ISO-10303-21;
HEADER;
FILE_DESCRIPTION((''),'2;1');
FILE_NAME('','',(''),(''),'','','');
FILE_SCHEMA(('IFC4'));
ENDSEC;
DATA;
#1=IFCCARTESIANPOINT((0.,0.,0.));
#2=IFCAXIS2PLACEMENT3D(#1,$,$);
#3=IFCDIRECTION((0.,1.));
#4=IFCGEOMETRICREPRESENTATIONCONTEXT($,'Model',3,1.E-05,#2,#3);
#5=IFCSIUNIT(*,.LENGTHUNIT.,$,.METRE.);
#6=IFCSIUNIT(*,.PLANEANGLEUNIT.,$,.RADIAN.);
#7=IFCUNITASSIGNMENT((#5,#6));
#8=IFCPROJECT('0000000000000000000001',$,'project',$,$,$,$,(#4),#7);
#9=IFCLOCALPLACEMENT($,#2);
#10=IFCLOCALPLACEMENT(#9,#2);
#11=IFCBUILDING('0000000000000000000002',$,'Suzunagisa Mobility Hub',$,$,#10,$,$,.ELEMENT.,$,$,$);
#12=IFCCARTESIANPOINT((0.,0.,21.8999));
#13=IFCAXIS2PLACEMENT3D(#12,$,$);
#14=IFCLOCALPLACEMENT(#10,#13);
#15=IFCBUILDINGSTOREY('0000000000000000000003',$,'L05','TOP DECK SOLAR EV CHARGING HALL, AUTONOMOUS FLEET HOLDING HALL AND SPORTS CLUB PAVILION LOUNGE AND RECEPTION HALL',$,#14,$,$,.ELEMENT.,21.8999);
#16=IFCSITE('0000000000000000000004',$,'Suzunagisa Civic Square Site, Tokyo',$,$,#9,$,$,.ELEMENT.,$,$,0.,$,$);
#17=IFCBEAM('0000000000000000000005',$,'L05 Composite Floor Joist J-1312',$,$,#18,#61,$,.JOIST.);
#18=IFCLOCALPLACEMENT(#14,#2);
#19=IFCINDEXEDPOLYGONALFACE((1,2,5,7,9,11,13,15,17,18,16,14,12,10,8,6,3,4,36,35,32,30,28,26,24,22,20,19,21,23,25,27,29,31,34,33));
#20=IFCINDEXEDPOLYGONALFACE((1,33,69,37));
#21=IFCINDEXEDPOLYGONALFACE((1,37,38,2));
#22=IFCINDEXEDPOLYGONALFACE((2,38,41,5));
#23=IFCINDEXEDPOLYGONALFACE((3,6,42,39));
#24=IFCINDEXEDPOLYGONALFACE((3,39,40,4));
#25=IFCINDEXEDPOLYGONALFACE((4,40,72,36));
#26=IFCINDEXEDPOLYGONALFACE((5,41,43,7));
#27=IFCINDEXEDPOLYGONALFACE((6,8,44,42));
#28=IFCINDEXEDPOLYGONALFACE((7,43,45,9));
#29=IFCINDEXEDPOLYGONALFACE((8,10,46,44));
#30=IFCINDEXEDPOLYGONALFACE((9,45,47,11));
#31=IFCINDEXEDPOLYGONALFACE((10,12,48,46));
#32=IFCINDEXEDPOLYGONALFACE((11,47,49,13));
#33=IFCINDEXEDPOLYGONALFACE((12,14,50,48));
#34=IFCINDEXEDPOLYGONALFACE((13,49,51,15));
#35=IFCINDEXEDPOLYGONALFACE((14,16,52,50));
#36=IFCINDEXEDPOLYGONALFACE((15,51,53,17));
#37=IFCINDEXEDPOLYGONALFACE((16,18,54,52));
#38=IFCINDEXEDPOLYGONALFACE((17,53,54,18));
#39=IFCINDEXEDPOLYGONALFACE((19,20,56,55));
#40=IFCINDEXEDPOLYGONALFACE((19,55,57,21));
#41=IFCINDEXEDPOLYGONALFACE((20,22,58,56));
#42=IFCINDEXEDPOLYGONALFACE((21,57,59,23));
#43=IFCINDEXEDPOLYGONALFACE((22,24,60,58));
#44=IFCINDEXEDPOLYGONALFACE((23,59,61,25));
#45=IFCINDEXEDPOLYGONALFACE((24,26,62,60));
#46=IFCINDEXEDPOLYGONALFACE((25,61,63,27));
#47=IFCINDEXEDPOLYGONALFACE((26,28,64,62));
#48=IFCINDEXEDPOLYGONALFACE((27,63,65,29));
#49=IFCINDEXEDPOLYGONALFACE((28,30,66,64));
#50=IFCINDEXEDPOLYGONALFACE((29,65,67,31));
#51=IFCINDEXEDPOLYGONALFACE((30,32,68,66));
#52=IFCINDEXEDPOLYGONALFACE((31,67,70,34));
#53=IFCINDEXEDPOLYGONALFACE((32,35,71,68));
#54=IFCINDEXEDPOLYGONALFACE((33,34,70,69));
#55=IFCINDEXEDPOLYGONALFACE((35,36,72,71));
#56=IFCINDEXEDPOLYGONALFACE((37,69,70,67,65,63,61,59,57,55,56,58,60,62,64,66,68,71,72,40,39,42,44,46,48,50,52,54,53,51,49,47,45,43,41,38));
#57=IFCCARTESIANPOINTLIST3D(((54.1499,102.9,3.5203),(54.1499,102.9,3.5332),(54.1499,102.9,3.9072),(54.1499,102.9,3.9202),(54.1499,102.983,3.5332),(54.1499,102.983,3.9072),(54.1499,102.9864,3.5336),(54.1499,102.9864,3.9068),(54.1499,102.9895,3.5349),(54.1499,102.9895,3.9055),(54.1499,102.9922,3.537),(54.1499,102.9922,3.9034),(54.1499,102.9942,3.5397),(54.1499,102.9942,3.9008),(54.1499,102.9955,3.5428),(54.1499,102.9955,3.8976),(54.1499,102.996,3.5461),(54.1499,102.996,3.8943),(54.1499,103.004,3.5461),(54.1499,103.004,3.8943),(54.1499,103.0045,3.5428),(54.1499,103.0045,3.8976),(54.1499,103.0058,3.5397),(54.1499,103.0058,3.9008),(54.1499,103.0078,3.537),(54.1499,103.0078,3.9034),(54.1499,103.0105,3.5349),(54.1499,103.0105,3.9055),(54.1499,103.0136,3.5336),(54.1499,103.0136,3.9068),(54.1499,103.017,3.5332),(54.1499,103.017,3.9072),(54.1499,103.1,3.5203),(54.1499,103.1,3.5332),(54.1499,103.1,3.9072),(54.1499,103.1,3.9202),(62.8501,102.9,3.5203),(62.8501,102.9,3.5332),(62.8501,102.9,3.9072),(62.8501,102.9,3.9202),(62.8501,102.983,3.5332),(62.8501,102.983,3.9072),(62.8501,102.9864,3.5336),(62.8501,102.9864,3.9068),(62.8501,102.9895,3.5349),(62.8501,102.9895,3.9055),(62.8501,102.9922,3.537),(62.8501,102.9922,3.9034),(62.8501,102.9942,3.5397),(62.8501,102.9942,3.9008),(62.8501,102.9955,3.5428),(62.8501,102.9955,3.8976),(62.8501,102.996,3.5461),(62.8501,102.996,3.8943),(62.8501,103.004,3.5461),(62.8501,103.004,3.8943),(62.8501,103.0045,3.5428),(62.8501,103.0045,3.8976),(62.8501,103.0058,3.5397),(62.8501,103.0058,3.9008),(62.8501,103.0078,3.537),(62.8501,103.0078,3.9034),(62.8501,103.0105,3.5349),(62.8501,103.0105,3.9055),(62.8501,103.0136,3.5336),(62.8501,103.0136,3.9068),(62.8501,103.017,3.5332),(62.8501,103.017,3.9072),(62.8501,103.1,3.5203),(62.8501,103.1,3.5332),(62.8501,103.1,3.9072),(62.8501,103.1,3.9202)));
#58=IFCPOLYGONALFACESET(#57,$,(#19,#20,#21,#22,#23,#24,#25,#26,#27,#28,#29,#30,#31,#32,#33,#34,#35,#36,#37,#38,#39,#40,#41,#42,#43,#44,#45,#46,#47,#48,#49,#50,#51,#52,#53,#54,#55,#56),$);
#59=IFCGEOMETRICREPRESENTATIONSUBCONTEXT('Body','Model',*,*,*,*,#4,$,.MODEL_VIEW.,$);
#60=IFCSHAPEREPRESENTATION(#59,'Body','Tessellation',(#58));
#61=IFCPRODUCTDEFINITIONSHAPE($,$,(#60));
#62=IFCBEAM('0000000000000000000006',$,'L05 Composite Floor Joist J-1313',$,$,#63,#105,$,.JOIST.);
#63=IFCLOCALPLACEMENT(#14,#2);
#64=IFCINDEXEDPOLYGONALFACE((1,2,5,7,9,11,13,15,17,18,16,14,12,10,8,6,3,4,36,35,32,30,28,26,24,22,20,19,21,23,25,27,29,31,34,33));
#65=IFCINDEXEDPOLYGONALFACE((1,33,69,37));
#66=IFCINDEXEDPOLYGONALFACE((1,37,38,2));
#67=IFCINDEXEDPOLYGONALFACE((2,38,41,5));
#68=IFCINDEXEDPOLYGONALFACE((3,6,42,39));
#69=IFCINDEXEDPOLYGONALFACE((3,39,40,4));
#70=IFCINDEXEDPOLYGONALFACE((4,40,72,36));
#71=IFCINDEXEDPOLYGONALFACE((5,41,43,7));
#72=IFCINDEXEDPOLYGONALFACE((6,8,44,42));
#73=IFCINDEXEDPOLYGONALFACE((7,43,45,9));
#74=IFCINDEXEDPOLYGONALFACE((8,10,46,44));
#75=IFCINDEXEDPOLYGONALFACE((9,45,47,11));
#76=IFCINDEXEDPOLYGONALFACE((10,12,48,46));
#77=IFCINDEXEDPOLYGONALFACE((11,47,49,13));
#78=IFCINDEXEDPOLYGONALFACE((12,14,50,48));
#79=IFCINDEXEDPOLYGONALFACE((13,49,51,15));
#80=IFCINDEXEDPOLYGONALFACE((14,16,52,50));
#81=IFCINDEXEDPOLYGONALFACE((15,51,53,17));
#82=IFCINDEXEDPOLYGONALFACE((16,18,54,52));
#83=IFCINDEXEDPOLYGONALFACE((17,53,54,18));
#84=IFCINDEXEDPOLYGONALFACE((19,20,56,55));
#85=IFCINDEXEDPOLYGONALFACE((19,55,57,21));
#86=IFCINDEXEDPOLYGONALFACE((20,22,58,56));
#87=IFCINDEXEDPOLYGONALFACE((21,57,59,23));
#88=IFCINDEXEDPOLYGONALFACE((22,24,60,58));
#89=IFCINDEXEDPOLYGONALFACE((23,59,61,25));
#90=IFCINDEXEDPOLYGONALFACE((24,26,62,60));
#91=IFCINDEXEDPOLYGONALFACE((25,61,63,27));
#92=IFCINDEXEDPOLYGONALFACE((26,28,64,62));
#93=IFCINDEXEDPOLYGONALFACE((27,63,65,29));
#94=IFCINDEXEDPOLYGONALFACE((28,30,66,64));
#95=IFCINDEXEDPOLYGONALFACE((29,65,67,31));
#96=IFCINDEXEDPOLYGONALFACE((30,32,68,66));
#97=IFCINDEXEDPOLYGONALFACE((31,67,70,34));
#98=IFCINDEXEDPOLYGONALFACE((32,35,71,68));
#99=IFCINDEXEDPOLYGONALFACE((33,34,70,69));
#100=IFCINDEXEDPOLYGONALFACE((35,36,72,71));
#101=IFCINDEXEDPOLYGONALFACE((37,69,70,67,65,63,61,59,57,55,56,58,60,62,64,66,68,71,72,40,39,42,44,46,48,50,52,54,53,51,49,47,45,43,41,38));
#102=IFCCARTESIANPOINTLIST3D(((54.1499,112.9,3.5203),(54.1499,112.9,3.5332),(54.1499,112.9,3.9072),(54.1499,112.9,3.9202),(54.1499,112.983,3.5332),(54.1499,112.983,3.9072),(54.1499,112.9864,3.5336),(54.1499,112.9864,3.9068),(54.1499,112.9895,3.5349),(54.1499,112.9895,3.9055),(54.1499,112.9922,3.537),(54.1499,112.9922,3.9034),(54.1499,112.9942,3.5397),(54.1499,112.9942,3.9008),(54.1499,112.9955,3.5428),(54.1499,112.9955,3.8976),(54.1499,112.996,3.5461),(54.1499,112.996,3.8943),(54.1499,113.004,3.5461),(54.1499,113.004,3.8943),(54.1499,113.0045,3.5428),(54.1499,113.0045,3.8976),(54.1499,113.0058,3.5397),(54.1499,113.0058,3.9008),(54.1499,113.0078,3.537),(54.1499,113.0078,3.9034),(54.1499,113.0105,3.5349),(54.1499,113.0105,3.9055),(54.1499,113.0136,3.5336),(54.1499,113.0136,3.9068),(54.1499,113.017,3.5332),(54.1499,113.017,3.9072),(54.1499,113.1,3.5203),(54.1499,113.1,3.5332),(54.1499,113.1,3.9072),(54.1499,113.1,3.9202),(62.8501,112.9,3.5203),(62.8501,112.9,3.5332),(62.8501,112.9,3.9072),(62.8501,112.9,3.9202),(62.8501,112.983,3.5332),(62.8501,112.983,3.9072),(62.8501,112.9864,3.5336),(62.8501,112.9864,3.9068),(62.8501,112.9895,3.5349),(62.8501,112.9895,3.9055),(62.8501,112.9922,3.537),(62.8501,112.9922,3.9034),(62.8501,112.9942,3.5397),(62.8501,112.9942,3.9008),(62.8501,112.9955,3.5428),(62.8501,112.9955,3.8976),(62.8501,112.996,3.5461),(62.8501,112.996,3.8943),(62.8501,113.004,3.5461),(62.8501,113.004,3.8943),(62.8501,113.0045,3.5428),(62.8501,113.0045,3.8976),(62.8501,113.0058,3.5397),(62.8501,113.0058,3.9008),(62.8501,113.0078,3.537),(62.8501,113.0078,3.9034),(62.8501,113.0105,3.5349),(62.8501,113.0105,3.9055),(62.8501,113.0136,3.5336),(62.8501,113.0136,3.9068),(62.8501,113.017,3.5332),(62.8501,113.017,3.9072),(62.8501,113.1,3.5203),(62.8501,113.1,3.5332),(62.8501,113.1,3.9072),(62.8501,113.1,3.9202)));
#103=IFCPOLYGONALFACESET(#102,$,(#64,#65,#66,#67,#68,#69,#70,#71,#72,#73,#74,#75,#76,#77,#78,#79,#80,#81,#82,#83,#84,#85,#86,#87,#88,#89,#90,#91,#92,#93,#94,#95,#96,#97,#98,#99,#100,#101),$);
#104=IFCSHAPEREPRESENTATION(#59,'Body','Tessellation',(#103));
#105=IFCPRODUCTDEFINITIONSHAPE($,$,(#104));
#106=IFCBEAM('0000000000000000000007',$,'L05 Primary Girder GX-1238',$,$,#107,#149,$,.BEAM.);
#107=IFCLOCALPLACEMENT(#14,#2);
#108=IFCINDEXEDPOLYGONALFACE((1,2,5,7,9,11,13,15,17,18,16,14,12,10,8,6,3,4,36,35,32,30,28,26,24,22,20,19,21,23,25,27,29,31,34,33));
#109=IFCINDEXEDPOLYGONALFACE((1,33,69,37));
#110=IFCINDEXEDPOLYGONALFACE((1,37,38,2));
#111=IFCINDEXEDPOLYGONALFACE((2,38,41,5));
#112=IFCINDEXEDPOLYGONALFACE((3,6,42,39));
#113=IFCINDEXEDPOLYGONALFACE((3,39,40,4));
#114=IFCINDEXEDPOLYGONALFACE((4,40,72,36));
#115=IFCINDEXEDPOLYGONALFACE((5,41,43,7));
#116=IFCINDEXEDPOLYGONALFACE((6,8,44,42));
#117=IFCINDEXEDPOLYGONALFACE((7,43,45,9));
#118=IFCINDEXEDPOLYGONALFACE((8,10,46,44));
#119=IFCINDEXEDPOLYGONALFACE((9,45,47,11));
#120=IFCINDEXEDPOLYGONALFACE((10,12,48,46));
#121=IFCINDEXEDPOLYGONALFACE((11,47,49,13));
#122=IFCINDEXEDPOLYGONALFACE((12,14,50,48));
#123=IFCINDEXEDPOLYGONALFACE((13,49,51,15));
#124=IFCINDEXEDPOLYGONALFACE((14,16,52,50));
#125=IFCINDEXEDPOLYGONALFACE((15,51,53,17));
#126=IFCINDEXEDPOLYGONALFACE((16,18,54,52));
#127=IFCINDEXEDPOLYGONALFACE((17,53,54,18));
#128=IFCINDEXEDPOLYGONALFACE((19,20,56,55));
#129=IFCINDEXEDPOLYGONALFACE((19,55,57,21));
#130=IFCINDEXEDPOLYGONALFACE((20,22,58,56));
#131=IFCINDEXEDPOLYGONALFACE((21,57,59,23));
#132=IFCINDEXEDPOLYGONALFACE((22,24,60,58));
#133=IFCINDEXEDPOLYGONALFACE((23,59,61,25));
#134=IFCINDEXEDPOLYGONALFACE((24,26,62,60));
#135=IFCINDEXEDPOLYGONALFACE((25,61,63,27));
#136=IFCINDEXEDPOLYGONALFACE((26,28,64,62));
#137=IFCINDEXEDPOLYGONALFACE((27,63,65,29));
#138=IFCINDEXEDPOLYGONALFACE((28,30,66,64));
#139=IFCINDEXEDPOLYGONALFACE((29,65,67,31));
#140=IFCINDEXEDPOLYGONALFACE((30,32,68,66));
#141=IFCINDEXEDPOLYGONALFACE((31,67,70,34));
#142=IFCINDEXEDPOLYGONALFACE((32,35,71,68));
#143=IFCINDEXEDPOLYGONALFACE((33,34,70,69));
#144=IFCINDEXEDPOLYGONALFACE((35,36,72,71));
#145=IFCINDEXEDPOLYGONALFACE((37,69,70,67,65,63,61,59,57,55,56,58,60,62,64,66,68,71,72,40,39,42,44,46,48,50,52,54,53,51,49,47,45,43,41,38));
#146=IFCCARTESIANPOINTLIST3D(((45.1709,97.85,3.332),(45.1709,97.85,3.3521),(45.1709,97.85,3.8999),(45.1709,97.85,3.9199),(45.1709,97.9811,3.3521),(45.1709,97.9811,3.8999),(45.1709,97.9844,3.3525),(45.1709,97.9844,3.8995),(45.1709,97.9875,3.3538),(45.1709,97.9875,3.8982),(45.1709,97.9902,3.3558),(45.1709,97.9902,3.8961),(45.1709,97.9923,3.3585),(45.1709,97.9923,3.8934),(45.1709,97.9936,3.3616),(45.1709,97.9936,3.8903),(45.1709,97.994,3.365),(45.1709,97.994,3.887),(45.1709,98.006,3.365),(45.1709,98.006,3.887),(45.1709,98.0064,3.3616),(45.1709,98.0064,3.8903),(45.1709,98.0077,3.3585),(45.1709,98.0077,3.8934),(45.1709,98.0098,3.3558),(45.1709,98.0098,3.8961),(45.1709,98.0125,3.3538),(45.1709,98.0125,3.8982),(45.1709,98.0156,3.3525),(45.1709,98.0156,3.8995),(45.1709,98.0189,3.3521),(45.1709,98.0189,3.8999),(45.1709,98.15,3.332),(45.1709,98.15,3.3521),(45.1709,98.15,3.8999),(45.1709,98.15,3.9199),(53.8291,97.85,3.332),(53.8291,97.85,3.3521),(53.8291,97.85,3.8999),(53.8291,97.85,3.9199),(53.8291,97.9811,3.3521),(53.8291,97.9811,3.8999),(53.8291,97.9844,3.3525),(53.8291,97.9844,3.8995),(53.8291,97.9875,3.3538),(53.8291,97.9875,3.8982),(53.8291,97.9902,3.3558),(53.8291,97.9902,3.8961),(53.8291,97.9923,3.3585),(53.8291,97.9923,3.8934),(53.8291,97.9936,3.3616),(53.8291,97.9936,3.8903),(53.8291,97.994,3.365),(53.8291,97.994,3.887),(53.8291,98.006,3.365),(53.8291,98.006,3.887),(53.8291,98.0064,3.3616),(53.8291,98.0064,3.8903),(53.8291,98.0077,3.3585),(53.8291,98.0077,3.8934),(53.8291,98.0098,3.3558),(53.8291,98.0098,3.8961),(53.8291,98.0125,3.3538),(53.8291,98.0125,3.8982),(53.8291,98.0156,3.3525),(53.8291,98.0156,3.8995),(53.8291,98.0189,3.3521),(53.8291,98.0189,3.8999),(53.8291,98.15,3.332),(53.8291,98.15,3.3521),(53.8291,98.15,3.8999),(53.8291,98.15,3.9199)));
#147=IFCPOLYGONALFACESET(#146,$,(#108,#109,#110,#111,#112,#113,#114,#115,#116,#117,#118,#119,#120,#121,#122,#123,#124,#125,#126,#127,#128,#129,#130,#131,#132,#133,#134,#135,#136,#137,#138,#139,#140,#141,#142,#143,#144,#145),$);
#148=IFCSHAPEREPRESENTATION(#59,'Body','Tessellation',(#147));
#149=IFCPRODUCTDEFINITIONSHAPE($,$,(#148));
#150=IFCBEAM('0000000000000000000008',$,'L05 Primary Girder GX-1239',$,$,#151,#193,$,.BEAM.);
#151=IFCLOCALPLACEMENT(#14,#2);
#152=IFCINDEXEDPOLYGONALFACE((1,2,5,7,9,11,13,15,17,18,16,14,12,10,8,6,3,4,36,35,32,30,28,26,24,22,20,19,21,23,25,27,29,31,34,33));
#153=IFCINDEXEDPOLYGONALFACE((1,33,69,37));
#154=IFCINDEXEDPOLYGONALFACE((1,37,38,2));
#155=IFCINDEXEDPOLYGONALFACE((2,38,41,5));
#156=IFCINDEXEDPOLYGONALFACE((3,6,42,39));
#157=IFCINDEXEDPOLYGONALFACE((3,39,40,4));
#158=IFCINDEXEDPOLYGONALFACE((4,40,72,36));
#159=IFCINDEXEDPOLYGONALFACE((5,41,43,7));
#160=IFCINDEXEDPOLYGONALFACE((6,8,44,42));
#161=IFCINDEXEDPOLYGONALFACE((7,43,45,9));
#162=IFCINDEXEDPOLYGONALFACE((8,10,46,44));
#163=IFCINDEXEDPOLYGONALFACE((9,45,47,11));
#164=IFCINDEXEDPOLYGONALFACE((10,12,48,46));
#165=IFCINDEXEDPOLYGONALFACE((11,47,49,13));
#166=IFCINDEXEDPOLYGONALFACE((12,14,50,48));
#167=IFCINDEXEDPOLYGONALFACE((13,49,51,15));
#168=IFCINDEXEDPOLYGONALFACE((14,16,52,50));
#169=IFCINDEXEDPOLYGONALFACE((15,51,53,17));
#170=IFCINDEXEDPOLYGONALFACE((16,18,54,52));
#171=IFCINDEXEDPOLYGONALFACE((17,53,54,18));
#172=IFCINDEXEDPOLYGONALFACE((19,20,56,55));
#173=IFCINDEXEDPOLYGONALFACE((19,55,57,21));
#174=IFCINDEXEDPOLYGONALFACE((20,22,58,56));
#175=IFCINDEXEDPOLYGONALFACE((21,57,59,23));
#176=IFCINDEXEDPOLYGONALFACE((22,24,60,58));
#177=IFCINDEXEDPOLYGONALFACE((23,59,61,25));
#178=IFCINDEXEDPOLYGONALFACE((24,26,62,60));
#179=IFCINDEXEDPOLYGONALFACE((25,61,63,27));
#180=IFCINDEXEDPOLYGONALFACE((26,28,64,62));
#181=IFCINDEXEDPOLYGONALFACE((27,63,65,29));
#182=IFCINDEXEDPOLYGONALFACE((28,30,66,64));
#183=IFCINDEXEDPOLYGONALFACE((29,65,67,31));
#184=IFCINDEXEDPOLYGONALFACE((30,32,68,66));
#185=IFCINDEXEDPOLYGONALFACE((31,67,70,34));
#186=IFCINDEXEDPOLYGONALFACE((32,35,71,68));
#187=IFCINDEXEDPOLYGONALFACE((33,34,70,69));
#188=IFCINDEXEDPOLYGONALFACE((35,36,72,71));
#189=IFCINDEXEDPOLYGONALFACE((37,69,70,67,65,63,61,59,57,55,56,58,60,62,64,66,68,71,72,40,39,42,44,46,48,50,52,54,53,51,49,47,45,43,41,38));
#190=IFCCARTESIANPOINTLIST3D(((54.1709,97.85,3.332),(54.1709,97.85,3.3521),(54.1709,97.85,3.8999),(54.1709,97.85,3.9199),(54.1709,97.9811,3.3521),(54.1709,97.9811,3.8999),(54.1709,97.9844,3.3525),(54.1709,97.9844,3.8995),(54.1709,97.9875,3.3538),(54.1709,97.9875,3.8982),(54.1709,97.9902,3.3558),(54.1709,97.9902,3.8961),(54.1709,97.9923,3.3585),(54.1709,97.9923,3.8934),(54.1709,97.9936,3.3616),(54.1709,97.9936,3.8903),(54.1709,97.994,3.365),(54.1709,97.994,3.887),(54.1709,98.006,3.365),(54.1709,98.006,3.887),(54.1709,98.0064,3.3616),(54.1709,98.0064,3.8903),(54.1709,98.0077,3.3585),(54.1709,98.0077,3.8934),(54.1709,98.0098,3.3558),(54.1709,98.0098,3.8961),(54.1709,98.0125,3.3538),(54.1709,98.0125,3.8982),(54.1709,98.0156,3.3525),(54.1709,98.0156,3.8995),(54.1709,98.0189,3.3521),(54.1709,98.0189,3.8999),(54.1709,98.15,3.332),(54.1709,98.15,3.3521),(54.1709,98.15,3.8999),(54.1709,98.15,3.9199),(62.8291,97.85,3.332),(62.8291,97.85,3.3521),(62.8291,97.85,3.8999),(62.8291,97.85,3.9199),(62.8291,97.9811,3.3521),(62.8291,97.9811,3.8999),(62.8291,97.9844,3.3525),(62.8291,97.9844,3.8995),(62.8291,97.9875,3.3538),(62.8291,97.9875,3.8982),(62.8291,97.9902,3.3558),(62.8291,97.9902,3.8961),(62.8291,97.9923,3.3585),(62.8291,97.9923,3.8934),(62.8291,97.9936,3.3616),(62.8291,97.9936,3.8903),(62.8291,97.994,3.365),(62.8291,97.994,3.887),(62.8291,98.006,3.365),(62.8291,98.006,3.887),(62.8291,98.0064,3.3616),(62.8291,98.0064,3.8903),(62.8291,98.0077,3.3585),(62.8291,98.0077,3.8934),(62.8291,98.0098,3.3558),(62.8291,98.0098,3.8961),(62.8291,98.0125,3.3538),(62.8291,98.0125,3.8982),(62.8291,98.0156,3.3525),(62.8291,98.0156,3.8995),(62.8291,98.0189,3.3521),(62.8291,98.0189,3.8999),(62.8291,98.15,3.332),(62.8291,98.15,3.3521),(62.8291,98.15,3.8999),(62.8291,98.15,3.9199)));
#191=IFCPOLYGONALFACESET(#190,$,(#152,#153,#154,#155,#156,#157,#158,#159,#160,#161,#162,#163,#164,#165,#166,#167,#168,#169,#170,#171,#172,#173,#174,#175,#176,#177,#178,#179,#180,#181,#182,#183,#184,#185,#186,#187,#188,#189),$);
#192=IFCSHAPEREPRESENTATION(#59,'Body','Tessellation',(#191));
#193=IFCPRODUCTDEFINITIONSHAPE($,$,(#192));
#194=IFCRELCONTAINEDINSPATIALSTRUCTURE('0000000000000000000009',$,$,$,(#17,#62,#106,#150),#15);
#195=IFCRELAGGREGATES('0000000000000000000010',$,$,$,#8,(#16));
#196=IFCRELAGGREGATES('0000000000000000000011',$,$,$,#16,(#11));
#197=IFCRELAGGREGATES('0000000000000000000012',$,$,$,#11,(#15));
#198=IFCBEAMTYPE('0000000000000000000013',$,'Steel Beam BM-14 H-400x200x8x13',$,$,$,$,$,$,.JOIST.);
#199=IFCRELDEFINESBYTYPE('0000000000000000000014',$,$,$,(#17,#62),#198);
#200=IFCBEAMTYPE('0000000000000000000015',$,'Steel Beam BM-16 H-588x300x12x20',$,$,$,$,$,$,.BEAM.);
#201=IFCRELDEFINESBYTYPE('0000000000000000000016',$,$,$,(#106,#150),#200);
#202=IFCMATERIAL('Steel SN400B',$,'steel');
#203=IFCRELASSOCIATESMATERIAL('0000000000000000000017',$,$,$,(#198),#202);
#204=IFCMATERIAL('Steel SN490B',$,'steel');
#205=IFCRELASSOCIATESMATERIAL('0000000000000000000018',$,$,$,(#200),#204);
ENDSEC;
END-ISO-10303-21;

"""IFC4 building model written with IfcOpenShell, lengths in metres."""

from ifc_helpers import new_model, si_unit, direction, frame, origin, origin_2d, place, context, subcontext, project, spatial, i_section, extrude, material, material_profile, profile_set, type_object, element, save


model = new_model("IFC4")

# Units and contexts
model_context = context("Model", 3, precision=1e-05, world=origin(), true_north=direction((0.0, 1.0)))
body_context = subcontext(model_context, "Body", "Model", "MODEL_VIEW")
ifc_project = project(units=[si_unit("LENGTHUNIT", "METRE"), si_unit("PLANEANGLEUNIT", "RADIAN")], contexts=[model_context])

# Site, building, storey
site_placement = place(None, origin())
site = spatial("IfcSite", under=ifc_project, at=site_placement, Name="Suzunagisa Civic Square Site, Tokyo", CompositionType="ELEMENT", RefElevation=0.0)
building_placement = place(site_placement, origin())
building = spatial("IfcBuilding", under=site, at=building_placement, Name="Suzunagisa Mobility Hub", CompositionType="ELEMENT")
storey_placement = place(building_placement, frame((0.0, 0.0, 21.8999)))
storey = spatial("IfcBuildingStorey", under=building, at=storey_placement, Name="L05", Description="TOP DECK SOLAR EV CHARGING HALL, AUTONOMOUS FLEET HOLDING HALL AND SPORTS CLUB PAVILION LOUNGE AND RECEPTION HALL", CompositionType="ELEMENT", Elevation=21.8999)

# Shared definitions
ifc_material_1 = material(Name="Steel SN490B", Category="steel")

# Beams
ifc_material_2 = material(Name="Steel SN400B", Category="steel")
ifc_material_profile_1 = material_profile(ifc_material_2, i_section(OverallWidth=0.2, OverallDepth=0.3999, WebThickness=0.0081, FlangeThickness=0.0129, FilletRadius=0.0129, at=origin_2d()), Name="H-400x200x8x13")
ifc_profile_set_1 = profile_set([ifc_material_profile_1], Name="Steel SN400B")
beam_type_1 = type_object("IfcBeamType", Name="Steel Beam BM-14 H-400x200x8x13", PredefinedType="JOIST", material=ifc_profile_set_1)
for number, where, z_axis, x_axis, name in (
    (1, (54.1499, 103.0, 3.7202), (1.0, 0.0, 0.0), (0.0, 1.0, 0.0), "L05 Composite Floor Joist J-1312"),
    (2, (54.1499, 113.0, 3.7202), (1.0, 0.0, 0.0), (0.0, 1.0, 0.0), "L05 Composite Floor Joist J-1313"),
):
    element("IfcBeam", number, at=place(storey_placement, frame(where, z_axis=z_axis, x_axis=x_axis)), inside=storey, type_object=beam_type_1, Name=name, PredefinedType="JOIST", context=body_context, shape_type="SweptSolid", body=[
        extrude(i_section(OverallWidth=0.2, OverallDepth=0.3999, WebThickness=0.0081, FlangeThickness=0.0129, FilletRadius=0.0129, at=origin_2d()), origin(), (0.0, 0.0, 1.0), 8.7002),
    ])
ifc_material_profile_2 = material_profile(ifc_material_1, i_section(OverallWidth=0.3, OverallDepth=0.5879, WebThickness=0.012, FlangeThickness=0.02, FilletRadius=0.0129, at=origin_2d()), Name="H-588x300x12x20")
ifc_profile_set_2 = profile_set([ifc_material_profile_2], Name="Steel SN490B")
beam_type_2 = type_object("IfcBeamType", Name="Steel Beam BM-16 H-588x300x12x20", PredefinedType="BEAM", material=ifc_profile_set_2)
for number, where, z_axis, x_axis, name in (
    (3, (45.1709, 98.0, 3.626), (1.0, 0.0, 0.0), (0.0, 1.0, 0.0), "L05 Primary Girder GX-1238"),
    (4, (54.1709, 98.0, 3.626), (1.0, 0.0, 0.0), (0.0, 1.0, 0.0), "L05 Primary Girder GX-1239"),
):
    element("IfcBeam", number, at=place(storey_placement, frame(where, z_axis=z_axis, x_axis=x_axis)), inside=storey, type_object=beam_type_2, Name=name, PredefinedType="BEAM", context=body_context, shape_type="SweptSolid", body=[
        extrude(i_section(OverallWidth=0.3, OverallDepth=0.5879, WebThickness=0.012, FlangeThickness=0.02, FilletRadius=0.0129, at=origin_2d()), origin(), (0.0, 0.0, 1.0), 8.6582),
    ])

save(model, "model.ifc")
